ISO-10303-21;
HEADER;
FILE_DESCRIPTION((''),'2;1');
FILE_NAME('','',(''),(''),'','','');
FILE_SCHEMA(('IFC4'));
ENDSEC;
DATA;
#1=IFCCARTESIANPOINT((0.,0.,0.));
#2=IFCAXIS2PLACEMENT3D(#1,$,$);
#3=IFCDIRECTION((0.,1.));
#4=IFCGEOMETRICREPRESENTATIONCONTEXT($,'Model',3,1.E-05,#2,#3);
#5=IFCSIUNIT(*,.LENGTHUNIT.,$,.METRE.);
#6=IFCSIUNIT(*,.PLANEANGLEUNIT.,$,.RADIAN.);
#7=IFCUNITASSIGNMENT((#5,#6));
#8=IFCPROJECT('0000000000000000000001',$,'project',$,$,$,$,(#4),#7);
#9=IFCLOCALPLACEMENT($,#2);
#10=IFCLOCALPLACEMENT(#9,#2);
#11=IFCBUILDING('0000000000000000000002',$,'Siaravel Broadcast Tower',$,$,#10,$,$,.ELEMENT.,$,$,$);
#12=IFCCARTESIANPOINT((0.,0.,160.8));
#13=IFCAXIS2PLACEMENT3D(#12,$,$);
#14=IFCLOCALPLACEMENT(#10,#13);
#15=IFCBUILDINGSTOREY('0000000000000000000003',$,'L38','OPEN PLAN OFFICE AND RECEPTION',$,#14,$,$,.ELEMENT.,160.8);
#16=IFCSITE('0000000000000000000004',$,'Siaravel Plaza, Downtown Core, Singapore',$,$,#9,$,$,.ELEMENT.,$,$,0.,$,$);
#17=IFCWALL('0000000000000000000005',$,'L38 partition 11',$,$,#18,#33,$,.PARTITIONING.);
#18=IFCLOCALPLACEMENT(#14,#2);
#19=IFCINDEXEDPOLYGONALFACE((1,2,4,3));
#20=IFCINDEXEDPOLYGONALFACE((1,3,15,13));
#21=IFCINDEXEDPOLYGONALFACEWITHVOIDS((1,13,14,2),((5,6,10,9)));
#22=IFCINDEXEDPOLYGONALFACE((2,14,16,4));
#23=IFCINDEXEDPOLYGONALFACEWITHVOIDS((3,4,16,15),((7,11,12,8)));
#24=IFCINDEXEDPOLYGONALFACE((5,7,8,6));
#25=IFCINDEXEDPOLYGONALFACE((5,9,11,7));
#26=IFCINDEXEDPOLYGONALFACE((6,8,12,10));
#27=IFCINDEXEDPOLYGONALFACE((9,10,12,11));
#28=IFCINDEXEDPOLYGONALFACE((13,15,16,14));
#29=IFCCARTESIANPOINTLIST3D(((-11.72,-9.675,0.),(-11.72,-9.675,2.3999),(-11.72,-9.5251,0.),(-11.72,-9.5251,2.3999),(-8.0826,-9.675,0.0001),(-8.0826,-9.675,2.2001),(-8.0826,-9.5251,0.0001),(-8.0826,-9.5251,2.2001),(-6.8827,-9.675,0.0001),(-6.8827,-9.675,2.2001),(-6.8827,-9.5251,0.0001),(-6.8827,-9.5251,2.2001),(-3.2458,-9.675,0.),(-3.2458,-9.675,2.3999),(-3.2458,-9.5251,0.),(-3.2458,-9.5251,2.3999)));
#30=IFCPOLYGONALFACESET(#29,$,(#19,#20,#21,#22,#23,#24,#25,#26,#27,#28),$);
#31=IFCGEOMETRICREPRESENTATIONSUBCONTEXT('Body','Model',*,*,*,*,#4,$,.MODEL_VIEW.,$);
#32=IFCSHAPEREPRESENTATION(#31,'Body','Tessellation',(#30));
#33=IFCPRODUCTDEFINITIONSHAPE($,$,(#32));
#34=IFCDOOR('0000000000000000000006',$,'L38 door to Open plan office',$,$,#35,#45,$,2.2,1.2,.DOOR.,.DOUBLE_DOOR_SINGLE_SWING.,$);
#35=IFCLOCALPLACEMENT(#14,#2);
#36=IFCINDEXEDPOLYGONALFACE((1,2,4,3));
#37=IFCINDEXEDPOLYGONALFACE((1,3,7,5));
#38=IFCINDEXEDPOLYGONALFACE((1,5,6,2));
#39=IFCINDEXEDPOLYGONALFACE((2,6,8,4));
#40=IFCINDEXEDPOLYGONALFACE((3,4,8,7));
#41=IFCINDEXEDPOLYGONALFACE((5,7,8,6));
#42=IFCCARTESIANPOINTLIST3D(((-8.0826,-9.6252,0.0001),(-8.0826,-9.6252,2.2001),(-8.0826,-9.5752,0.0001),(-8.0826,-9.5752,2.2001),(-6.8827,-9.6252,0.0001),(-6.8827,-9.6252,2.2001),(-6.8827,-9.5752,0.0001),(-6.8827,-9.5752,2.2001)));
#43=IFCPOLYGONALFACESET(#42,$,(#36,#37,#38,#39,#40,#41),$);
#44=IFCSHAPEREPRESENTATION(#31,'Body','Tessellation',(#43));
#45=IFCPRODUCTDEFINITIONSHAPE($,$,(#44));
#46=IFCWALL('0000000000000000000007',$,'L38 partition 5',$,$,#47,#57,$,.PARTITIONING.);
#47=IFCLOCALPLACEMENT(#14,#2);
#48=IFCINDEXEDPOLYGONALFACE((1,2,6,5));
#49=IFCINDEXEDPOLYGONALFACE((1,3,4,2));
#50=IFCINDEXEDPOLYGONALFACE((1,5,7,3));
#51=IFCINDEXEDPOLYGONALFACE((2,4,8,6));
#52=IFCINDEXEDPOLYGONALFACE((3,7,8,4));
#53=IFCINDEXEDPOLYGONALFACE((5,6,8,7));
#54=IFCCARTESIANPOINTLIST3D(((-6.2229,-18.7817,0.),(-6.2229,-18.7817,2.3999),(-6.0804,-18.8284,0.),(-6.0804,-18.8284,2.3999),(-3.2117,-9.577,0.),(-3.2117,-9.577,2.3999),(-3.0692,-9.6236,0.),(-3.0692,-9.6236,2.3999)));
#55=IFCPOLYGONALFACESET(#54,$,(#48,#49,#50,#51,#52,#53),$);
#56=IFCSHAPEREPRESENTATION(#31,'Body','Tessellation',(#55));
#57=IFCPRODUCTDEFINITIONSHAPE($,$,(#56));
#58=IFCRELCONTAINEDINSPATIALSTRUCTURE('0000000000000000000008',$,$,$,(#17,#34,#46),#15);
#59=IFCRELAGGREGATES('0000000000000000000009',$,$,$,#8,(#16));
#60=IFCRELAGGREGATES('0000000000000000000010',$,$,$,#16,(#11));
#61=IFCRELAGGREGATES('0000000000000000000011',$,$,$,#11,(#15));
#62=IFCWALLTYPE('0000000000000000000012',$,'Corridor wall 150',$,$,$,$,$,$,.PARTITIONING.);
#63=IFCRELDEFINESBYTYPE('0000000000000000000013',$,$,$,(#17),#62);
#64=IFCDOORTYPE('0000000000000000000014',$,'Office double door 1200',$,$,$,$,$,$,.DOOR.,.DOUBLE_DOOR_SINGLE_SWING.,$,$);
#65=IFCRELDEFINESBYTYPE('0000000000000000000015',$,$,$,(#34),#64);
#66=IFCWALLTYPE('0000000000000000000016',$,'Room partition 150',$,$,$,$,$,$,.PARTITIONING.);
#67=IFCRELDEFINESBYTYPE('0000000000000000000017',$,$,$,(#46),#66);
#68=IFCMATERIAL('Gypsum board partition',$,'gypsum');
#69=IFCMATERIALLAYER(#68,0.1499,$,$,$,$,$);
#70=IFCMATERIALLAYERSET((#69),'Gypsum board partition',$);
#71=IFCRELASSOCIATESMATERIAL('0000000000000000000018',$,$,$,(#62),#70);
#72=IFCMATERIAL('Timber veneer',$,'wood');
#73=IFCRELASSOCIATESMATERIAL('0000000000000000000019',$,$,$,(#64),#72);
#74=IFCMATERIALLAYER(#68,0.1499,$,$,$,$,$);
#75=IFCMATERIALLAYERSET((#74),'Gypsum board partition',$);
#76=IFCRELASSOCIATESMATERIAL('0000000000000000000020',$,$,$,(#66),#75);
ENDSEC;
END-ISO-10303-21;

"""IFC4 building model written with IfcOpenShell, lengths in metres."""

from ifc_helpers import new_model, si_unit, direction, frame, frame_2d, origin, place, context, subcontext, project, spatial, rectangle, extrude, material, layer, layer_set, type_object, element, fill, save


model = new_model("IFC4")

# Units and contexts
model_context = context("Model", 3, precision=1e-05, world=origin(), true_north=direction((0.0, 1.0)))
body_context = subcontext(model_context, "Body", "Model", "MODEL_VIEW")
ifc_project = project(units=[si_unit("LENGTHUNIT", "METRE"), si_unit("PLANEANGLEUNIT", "RADIAN")], contexts=[model_context])

# Site, building, storey
site_placement = place(None, origin())
site = spatial("IfcSite", under=ifc_project, at=site_placement, Name="Siaravel Plaza, Downtown Core, Singapore", CompositionType="ELEMENT", RefElevation=0.0)
building_placement = place(site_placement, origin())
building = spatial("IfcBuilding", under=site, at=building_placement, Name="Siaravel Broadcast Tower", CompositionType="ELEMENT")
storey_placement = place(building_placement, frame((0.0, 0.0, 160.8)))
storey = spatial("IfcBuildingStorey", under=building, at=storey_placement, Name="L38", Description="OPEN PLAN OFFICE AND RECEPTION", CompositionType="ELEMENT", Elevation=160.8)

# Shared definitions
ifc_material_1 = material(Name="Timber veneer", Category="wood")

# Wall, opening, door
ifc_material_2 = material(Name="Gypsum board partition", Category="gypsum")
ifc_layer_1 = layer(ifc_material_2, 0.1499)
ifc_layer_set_1 = layer_set([ifc_layer_1], Name="Gypsum board partition")
wall_type_1 = type_object("IfcWallType", Name="Corridor wall 150", PredefinedType="PARTITIONING", material=ifc_layer_set_1)
door_type_1 = type_object("IfcDoorType", Name="Office double door 1200", OperationType="DOUBLE_DOOR_SINGLE_SWING", PredefinedType="DOOR", material=ifc_material_1)
wall_1_placement = place(storey_placement, frame((-11.72, -9.6001, 0.0), z_axis=(0.0, 0.0, 1.0), x_axis=(1.0, 0.0, 0.0)))
wall_1 = element("IfcWall", 1, at=wall_1_placement, inside=storey, type_object=wall_type_1, Name="L38 partition 11", PredefinedType="PARTITIONING", context=body_context, shape_type="SweptSolid", body=[
    extrude(rectangle(XDim=8.4741, YDim=0.1499, at=frame_2d((4.2371, 0.0))), origin(), (0.0, 0.0, 1.0), 2.3999),
])
opening_1_placement = place(wall_1_placement, frame((3.6372, 0.0, 0.0)))
opening_1 = element("IfcOpeningElement", 2, at=opening_1_placement, cuts=wall_1, PredefinedType="OPENING", context=body_context, shape_type="SweptSolid", body=[
    extrude(rectangle(XDim=1.2, YDim=2.2, at=frame_2d((0.6001, 1.1001))), frame((0.0, 0.085, 0.0), z_axis=(0.0, -1.0, 0.0), x_axis=(1.0, 0.0, 0.0)), (0.0, 0.0, 1.0), 0.1699),
])
door_1_placement = place(opening_1_placement, origin())
door_1 = element("IfcDoor", 3, at=door_1_placement, inside=storey, type_object=door_type_1, Name="L38 door to Open plan office", OperationType="DOUBLE_DOOR_SINGLE_SWING", OverallHeight=2.2, OverallWidth=1.2, PredefinedType="DOOR", context=body_context, shape_type="SweptSolid", body=[
    extrude(rectangle(XDim=1.2, YDim=2.2, at=frame_2d((0.6001, 1.1001))), frame((0.0, 0.0249, 0.0), z_axis=(0.0, -1.0, 0.0), x_axis=(1.0, 0.0, 0.0)), (0.0, 0.0, 1.0), 0.05),
])
fill(opening_1, door_1)

# Wall
ifc_layer_2 = layer(ifc_material_2, 0.1499)
ifc_layer_set_2 = layer_set([ifc_layer_2], Name="Gypsum board partition")
wall_type_2 = type_object("IfcWallType", Name="Room partition 150", PredefinedType="PARTITIONING", material=ifc_layer_set_2)
wall_2_placement = place(storey_placement, frame((-6.1516, -18.8049, 0.0), z_axis=(0.0, 0.0, 1.0), x_axis=(0.310921, 0.950436, 0.0)))
element("IfcWall", 4, at=wall_2_placement, inside=storey, type_object=wall_type_2, Name="L38 partition 5", PredefinedType="PARTITIONING", context=body_context, shape_type="SweptSolid", body=[
    extrude(rectangle(XDim=9.6848, YDim=0.1499, at=frame_2d((4.8423, 0.0))), origin(), (0.0, 0.0, 1.0), 2.3999),
])

save(model, "model.ifc")
